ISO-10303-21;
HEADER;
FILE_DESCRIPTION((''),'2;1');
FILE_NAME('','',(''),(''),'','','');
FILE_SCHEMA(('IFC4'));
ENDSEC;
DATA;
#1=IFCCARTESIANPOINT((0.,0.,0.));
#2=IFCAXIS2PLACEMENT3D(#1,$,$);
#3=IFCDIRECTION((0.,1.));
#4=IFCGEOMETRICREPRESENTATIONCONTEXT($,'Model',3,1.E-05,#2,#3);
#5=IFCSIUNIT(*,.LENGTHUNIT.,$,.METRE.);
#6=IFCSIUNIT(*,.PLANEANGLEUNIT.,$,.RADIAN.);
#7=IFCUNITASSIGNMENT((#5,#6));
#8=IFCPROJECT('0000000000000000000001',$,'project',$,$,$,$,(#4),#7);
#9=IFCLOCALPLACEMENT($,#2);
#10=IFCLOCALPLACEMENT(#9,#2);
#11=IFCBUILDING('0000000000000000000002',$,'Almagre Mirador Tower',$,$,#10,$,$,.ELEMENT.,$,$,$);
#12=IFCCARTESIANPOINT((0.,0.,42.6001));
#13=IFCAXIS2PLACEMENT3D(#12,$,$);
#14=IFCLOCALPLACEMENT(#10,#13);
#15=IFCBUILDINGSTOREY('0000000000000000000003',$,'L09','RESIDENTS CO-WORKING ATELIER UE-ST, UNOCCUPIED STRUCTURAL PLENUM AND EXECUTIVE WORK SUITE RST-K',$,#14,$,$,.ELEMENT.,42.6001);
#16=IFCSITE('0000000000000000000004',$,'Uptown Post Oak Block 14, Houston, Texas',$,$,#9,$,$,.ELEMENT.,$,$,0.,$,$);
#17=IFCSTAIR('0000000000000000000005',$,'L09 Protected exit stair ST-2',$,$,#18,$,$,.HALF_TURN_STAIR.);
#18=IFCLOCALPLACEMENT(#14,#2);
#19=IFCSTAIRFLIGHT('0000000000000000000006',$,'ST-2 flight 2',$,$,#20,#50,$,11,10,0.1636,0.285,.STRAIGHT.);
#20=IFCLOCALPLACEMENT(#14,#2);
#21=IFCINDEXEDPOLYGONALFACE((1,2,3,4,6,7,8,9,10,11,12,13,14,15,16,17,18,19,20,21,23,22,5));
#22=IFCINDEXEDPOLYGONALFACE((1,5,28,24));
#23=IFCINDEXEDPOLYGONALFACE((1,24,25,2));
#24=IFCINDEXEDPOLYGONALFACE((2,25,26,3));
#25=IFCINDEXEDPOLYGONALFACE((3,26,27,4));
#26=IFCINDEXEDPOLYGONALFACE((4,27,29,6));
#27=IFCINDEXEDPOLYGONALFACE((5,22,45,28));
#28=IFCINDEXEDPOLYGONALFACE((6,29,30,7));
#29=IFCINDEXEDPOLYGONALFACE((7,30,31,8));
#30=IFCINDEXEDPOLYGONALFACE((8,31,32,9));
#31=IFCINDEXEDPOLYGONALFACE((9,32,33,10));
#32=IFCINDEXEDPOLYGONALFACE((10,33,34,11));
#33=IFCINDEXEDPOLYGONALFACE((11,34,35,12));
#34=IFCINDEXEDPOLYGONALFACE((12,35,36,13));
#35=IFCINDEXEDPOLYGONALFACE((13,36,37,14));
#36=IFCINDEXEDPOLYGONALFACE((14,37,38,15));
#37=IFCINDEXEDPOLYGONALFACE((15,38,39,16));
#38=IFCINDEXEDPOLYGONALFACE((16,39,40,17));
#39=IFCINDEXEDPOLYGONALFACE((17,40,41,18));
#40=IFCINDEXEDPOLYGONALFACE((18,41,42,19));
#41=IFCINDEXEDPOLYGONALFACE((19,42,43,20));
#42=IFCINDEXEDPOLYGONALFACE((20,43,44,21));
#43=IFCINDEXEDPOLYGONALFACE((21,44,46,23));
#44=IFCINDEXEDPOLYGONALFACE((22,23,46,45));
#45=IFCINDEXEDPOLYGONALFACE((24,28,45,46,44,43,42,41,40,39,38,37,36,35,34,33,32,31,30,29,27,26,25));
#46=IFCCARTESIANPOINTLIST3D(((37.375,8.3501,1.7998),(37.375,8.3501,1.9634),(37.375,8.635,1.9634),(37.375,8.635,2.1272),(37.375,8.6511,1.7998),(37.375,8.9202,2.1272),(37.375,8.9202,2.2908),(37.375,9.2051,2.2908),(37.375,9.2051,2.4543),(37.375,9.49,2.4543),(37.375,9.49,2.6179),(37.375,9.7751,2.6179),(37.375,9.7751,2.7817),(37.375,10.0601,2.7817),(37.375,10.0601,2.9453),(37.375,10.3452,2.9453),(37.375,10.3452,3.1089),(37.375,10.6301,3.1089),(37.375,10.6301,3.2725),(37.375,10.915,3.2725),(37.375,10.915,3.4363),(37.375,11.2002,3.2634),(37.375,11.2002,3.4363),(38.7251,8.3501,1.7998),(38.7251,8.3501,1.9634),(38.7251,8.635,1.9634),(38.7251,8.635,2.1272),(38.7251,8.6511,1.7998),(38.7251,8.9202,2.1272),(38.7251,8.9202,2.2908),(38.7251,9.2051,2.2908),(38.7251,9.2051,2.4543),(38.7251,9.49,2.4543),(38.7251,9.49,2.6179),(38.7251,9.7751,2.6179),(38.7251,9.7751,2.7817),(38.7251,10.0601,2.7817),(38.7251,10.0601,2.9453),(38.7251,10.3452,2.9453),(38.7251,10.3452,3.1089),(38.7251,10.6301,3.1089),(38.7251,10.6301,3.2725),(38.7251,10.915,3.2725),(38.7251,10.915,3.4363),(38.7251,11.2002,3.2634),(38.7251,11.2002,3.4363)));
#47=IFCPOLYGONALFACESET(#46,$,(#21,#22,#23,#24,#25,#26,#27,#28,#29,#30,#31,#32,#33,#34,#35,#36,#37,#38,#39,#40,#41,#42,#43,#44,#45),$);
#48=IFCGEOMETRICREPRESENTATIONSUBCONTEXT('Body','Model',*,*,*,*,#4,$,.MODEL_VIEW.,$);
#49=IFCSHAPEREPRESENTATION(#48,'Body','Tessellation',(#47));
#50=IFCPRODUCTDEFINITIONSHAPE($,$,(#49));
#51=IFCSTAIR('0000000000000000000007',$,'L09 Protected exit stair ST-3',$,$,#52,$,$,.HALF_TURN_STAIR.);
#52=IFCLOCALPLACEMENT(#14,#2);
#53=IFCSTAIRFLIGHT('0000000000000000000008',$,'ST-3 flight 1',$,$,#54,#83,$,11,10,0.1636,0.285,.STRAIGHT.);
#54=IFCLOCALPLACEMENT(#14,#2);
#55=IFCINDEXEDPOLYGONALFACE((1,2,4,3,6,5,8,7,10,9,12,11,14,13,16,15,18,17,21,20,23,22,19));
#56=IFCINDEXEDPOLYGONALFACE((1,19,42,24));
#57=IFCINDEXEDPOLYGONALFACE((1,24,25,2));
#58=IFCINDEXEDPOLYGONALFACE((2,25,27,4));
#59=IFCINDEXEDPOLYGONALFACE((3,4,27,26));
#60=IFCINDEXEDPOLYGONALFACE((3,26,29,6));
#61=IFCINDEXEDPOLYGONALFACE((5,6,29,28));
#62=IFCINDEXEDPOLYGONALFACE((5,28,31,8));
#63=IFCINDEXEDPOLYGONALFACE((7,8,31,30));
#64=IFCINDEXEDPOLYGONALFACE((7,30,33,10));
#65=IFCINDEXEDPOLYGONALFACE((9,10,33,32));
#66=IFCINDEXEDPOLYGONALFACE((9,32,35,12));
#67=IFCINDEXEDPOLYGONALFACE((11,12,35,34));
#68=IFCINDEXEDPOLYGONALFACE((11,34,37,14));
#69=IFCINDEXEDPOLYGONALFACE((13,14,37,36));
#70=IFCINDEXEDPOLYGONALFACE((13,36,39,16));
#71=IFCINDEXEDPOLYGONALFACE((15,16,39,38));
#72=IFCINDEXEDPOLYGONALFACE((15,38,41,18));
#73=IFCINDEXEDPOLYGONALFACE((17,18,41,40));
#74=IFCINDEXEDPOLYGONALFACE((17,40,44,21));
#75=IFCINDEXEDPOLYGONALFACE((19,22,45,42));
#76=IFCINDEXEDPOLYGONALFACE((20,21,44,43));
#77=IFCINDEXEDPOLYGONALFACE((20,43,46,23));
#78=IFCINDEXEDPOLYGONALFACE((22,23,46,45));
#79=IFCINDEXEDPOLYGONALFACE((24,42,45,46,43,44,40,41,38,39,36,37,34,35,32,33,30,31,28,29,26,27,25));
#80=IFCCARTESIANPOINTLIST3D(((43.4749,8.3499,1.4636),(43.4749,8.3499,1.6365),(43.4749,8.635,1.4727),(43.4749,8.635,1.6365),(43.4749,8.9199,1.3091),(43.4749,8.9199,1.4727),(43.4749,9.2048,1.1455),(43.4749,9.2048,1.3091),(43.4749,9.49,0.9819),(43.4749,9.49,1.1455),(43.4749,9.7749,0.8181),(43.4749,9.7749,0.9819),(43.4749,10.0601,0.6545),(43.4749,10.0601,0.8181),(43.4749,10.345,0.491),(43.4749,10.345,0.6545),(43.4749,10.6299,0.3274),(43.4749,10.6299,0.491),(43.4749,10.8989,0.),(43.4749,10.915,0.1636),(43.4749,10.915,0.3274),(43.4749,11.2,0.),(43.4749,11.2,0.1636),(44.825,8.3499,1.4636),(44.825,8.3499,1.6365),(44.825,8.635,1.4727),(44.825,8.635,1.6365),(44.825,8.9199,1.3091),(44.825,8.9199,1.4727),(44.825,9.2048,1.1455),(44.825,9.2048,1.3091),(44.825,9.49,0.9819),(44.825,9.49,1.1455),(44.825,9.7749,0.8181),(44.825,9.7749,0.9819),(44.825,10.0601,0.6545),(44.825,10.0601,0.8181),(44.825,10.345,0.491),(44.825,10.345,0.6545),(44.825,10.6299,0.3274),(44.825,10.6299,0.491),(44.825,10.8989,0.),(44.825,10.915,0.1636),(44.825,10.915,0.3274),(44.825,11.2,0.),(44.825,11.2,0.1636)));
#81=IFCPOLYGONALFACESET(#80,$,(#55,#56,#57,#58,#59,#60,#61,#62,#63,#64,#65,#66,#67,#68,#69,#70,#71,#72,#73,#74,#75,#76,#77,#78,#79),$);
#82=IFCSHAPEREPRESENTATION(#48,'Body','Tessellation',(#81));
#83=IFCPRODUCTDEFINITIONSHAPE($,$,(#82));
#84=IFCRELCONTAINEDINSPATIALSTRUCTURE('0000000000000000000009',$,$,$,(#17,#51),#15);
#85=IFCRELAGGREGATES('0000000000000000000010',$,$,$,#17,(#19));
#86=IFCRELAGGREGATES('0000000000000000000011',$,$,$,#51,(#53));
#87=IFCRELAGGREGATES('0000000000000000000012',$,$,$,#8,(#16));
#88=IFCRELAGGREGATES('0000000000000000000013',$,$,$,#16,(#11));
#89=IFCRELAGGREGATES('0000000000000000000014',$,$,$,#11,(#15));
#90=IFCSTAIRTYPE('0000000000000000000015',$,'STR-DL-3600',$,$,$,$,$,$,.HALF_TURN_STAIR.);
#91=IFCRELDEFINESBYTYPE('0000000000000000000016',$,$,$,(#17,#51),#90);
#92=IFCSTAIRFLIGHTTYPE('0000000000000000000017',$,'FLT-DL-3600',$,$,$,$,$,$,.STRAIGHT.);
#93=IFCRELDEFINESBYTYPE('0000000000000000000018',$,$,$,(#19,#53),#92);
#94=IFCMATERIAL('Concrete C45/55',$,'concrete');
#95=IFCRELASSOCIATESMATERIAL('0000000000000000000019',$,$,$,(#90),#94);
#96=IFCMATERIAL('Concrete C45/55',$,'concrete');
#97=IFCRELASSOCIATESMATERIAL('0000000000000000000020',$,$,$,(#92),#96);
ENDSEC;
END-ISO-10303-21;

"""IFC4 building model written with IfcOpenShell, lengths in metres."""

from ifc_helpers import new_model, si_unit, direction, frame, origin, place, context, subcontext, project, spatial, polyline, outline, extrude, material, type_object, element, aggregate, save


model = new_model("IFC4")

# Units and contexts
model_context = context("Model", 3, precision=1e-05, world=origin(), true_north=direction((0.0, 1.0)))
body_context = subcontext(model_context, "Body", "Model", "MODEL_VIEW")
ifc_project = project(units=[si_unit("LENGTHUNIT", "METRE"), si_unit("PLANEANGLEUNIT", "RADIAN")], contexts=[model_context])

# Site, building, storey
site_placement = place(None, origin())
site = spatial("IfcSite", under=ifc_project, at=site_placement, Name="Uptown Post Oak Block 14, Houston, Texas", CompositionType="ELEMENT", RefElevation=0.0)
building_placement = place(site_placement, origin())
building = spatial("IfcBuilding", under=site, at=building_placement, Name="Almagre Mirador Tower", CompositionType="ELEMENT")
storey_placement = place(building_placement, frame((0.0, 0.0, 42.6001)))
storey = spatial("IfcBuildingStorey", under=building, at=storey_placement, Name="L09", Description="RESIDENTS CO-WORKING ATELIER UE-ST, UNOCCUPIED STRUCTURAL PLENUM AND EXECUTIVE WORK SUITE RST-K", CompositionType="ELEMENT", Elevation=42.6001)

# Stairs, stair flights
ifc_material_1 = material(Name="Concrete C45/55", Category="concrete")
stair_type = type_object("IfcStairType", Name="STR-DL-3600", PredefinedType="HALF_TURN_STAIR", material=ifc_material_1)
stair_1_placement = place(storey_placement, origin())
stair_1 = element("IfcStair", 1, at=stair_1_placement, inside=storey, type_object=stair_type, Name="L09 Protected exit stair ST-2", PredefinedType="HALF_TURN_STAIR")
ifc_material_2 = material(Name="Concrete C45/55", Category="concrete")
stair_flight_type = type_object("IfcStairFlightType", Name="FLT-DL-3600", PredefinedType="STRAIGHT", material=ifc_material_2)
stair_flight_1_placement = place(storey_placement, frame((38.05, 8.3501, 1.7998), z_axis=(0.0, 0.0, 1.0), x_axis=(0.0, 1.0, 0.0)))
stair_flight_1 = element("IfcStairFlight", 2, at=stair_flight_1_placement, type_object=stair_flight_type, Name="ST-2 flight 2", NumberOfRisers=11, NumberOfTreads=10, PredefinedType="STRAIGHT", RiserHeight=0.1636, TreadLength=0.285, context=body_context, shape_type="SweptSolid", body=[
    extrude(outline(polyline([(0.0, 0.0), (0.0, 0.1636), (0.2849, 0.1636), (0.2849, 0.3274), (0.5701, 0.3274), (0.5701, 0.491), (0.855, 0.491), (0.855, 0.6545), (1.1399, 0.6545), (1.1399, 0.8181), (1.425, 0.8181), (1.425, 0.9819), (1.71, 0.9819), (1.71, 1.1455), (1.9951, 1.1455), (1.9951, 1.3091), (2.28, 1.3091), (2.28, 1.4727), (2.5649, 1.4727), (2.5649, 1.6365), (2.8501, 1.6365), (2.8501, 1.8), (2.8501, 1.4636), (0.301, 0.0), (0.0, 0.0)])), frame((0.0, 0.675, 0.0), z_axis=(0.0, -1.0, 0.0), x_axis=(1.0, 0.0, 0.0)), (0.0, 0.0, 1.0), 1.3501),
])
aggregate(stair_1, [stair_flight_1])
stair_2_placement = place(storey_placement, origin())
stair_2 = element("IfcStair", 3, at=stair_2_placement, inside=storey, type_object=stair_type, Name="L09 Protected exit stair ST-3", PredefinedType="HALF_TURN_STAIR")
stair_flight_2_placement = place(storey_placement, frame((44.1499, 11.2, 0.0), z_axis=(0.0, 0.0, 1.0), x_axis=(0.0, -1.0, 0.0)))
stair_flight_2 = element("IfcStairFlight", 4, at=stair_flight_2_placement, type_object=stair_flight_type, Name="ST-3 flight 1", NumberOfRisers=11, NumberOfTreads=10, PredefinedType="STRAIGHT", RiserHeight=0.1636, TreadLength=0.285, context=body_context, shape_type="SweptSolid", body=[
    extrude(outline(polyline([(0.0, 0.0), (0.0, 0.1636), (0.2849, 0.1636), (0.2849, 0.3274), (0.5701, 0.3274), (0.5701, 0.491), (0.855, 0.491), (0.855, 0.6545), (1.1399, 0.6545), (1.1399, 0.8181), (1.425, 0.8181), (1.425, 0.9819), (1.71, 0.9819), (1.71, 1.1455), (1.9951, 1.1455), (1.9951, 1.3091), (2.28, 1.3091), (2.28, 1.4727), (2.5649, 1.4727), (2.5649, 1.6365), (2.8501, 1.6365), (2.8501, 1.8), (2.8501, 1.4636), (0.301, 0.0), (0.0, 0.0)])), frame((0.0, 0.675, 0.0), z_axis=(0.0, -1.0, 0.0), x_axis=(1.0, 0.0, 0.0)), (0.0, 0.0, 1.0), 1.3501),
])
aggregate(stair_2, [stair_flight_2])

save(model, "model.ifc")
